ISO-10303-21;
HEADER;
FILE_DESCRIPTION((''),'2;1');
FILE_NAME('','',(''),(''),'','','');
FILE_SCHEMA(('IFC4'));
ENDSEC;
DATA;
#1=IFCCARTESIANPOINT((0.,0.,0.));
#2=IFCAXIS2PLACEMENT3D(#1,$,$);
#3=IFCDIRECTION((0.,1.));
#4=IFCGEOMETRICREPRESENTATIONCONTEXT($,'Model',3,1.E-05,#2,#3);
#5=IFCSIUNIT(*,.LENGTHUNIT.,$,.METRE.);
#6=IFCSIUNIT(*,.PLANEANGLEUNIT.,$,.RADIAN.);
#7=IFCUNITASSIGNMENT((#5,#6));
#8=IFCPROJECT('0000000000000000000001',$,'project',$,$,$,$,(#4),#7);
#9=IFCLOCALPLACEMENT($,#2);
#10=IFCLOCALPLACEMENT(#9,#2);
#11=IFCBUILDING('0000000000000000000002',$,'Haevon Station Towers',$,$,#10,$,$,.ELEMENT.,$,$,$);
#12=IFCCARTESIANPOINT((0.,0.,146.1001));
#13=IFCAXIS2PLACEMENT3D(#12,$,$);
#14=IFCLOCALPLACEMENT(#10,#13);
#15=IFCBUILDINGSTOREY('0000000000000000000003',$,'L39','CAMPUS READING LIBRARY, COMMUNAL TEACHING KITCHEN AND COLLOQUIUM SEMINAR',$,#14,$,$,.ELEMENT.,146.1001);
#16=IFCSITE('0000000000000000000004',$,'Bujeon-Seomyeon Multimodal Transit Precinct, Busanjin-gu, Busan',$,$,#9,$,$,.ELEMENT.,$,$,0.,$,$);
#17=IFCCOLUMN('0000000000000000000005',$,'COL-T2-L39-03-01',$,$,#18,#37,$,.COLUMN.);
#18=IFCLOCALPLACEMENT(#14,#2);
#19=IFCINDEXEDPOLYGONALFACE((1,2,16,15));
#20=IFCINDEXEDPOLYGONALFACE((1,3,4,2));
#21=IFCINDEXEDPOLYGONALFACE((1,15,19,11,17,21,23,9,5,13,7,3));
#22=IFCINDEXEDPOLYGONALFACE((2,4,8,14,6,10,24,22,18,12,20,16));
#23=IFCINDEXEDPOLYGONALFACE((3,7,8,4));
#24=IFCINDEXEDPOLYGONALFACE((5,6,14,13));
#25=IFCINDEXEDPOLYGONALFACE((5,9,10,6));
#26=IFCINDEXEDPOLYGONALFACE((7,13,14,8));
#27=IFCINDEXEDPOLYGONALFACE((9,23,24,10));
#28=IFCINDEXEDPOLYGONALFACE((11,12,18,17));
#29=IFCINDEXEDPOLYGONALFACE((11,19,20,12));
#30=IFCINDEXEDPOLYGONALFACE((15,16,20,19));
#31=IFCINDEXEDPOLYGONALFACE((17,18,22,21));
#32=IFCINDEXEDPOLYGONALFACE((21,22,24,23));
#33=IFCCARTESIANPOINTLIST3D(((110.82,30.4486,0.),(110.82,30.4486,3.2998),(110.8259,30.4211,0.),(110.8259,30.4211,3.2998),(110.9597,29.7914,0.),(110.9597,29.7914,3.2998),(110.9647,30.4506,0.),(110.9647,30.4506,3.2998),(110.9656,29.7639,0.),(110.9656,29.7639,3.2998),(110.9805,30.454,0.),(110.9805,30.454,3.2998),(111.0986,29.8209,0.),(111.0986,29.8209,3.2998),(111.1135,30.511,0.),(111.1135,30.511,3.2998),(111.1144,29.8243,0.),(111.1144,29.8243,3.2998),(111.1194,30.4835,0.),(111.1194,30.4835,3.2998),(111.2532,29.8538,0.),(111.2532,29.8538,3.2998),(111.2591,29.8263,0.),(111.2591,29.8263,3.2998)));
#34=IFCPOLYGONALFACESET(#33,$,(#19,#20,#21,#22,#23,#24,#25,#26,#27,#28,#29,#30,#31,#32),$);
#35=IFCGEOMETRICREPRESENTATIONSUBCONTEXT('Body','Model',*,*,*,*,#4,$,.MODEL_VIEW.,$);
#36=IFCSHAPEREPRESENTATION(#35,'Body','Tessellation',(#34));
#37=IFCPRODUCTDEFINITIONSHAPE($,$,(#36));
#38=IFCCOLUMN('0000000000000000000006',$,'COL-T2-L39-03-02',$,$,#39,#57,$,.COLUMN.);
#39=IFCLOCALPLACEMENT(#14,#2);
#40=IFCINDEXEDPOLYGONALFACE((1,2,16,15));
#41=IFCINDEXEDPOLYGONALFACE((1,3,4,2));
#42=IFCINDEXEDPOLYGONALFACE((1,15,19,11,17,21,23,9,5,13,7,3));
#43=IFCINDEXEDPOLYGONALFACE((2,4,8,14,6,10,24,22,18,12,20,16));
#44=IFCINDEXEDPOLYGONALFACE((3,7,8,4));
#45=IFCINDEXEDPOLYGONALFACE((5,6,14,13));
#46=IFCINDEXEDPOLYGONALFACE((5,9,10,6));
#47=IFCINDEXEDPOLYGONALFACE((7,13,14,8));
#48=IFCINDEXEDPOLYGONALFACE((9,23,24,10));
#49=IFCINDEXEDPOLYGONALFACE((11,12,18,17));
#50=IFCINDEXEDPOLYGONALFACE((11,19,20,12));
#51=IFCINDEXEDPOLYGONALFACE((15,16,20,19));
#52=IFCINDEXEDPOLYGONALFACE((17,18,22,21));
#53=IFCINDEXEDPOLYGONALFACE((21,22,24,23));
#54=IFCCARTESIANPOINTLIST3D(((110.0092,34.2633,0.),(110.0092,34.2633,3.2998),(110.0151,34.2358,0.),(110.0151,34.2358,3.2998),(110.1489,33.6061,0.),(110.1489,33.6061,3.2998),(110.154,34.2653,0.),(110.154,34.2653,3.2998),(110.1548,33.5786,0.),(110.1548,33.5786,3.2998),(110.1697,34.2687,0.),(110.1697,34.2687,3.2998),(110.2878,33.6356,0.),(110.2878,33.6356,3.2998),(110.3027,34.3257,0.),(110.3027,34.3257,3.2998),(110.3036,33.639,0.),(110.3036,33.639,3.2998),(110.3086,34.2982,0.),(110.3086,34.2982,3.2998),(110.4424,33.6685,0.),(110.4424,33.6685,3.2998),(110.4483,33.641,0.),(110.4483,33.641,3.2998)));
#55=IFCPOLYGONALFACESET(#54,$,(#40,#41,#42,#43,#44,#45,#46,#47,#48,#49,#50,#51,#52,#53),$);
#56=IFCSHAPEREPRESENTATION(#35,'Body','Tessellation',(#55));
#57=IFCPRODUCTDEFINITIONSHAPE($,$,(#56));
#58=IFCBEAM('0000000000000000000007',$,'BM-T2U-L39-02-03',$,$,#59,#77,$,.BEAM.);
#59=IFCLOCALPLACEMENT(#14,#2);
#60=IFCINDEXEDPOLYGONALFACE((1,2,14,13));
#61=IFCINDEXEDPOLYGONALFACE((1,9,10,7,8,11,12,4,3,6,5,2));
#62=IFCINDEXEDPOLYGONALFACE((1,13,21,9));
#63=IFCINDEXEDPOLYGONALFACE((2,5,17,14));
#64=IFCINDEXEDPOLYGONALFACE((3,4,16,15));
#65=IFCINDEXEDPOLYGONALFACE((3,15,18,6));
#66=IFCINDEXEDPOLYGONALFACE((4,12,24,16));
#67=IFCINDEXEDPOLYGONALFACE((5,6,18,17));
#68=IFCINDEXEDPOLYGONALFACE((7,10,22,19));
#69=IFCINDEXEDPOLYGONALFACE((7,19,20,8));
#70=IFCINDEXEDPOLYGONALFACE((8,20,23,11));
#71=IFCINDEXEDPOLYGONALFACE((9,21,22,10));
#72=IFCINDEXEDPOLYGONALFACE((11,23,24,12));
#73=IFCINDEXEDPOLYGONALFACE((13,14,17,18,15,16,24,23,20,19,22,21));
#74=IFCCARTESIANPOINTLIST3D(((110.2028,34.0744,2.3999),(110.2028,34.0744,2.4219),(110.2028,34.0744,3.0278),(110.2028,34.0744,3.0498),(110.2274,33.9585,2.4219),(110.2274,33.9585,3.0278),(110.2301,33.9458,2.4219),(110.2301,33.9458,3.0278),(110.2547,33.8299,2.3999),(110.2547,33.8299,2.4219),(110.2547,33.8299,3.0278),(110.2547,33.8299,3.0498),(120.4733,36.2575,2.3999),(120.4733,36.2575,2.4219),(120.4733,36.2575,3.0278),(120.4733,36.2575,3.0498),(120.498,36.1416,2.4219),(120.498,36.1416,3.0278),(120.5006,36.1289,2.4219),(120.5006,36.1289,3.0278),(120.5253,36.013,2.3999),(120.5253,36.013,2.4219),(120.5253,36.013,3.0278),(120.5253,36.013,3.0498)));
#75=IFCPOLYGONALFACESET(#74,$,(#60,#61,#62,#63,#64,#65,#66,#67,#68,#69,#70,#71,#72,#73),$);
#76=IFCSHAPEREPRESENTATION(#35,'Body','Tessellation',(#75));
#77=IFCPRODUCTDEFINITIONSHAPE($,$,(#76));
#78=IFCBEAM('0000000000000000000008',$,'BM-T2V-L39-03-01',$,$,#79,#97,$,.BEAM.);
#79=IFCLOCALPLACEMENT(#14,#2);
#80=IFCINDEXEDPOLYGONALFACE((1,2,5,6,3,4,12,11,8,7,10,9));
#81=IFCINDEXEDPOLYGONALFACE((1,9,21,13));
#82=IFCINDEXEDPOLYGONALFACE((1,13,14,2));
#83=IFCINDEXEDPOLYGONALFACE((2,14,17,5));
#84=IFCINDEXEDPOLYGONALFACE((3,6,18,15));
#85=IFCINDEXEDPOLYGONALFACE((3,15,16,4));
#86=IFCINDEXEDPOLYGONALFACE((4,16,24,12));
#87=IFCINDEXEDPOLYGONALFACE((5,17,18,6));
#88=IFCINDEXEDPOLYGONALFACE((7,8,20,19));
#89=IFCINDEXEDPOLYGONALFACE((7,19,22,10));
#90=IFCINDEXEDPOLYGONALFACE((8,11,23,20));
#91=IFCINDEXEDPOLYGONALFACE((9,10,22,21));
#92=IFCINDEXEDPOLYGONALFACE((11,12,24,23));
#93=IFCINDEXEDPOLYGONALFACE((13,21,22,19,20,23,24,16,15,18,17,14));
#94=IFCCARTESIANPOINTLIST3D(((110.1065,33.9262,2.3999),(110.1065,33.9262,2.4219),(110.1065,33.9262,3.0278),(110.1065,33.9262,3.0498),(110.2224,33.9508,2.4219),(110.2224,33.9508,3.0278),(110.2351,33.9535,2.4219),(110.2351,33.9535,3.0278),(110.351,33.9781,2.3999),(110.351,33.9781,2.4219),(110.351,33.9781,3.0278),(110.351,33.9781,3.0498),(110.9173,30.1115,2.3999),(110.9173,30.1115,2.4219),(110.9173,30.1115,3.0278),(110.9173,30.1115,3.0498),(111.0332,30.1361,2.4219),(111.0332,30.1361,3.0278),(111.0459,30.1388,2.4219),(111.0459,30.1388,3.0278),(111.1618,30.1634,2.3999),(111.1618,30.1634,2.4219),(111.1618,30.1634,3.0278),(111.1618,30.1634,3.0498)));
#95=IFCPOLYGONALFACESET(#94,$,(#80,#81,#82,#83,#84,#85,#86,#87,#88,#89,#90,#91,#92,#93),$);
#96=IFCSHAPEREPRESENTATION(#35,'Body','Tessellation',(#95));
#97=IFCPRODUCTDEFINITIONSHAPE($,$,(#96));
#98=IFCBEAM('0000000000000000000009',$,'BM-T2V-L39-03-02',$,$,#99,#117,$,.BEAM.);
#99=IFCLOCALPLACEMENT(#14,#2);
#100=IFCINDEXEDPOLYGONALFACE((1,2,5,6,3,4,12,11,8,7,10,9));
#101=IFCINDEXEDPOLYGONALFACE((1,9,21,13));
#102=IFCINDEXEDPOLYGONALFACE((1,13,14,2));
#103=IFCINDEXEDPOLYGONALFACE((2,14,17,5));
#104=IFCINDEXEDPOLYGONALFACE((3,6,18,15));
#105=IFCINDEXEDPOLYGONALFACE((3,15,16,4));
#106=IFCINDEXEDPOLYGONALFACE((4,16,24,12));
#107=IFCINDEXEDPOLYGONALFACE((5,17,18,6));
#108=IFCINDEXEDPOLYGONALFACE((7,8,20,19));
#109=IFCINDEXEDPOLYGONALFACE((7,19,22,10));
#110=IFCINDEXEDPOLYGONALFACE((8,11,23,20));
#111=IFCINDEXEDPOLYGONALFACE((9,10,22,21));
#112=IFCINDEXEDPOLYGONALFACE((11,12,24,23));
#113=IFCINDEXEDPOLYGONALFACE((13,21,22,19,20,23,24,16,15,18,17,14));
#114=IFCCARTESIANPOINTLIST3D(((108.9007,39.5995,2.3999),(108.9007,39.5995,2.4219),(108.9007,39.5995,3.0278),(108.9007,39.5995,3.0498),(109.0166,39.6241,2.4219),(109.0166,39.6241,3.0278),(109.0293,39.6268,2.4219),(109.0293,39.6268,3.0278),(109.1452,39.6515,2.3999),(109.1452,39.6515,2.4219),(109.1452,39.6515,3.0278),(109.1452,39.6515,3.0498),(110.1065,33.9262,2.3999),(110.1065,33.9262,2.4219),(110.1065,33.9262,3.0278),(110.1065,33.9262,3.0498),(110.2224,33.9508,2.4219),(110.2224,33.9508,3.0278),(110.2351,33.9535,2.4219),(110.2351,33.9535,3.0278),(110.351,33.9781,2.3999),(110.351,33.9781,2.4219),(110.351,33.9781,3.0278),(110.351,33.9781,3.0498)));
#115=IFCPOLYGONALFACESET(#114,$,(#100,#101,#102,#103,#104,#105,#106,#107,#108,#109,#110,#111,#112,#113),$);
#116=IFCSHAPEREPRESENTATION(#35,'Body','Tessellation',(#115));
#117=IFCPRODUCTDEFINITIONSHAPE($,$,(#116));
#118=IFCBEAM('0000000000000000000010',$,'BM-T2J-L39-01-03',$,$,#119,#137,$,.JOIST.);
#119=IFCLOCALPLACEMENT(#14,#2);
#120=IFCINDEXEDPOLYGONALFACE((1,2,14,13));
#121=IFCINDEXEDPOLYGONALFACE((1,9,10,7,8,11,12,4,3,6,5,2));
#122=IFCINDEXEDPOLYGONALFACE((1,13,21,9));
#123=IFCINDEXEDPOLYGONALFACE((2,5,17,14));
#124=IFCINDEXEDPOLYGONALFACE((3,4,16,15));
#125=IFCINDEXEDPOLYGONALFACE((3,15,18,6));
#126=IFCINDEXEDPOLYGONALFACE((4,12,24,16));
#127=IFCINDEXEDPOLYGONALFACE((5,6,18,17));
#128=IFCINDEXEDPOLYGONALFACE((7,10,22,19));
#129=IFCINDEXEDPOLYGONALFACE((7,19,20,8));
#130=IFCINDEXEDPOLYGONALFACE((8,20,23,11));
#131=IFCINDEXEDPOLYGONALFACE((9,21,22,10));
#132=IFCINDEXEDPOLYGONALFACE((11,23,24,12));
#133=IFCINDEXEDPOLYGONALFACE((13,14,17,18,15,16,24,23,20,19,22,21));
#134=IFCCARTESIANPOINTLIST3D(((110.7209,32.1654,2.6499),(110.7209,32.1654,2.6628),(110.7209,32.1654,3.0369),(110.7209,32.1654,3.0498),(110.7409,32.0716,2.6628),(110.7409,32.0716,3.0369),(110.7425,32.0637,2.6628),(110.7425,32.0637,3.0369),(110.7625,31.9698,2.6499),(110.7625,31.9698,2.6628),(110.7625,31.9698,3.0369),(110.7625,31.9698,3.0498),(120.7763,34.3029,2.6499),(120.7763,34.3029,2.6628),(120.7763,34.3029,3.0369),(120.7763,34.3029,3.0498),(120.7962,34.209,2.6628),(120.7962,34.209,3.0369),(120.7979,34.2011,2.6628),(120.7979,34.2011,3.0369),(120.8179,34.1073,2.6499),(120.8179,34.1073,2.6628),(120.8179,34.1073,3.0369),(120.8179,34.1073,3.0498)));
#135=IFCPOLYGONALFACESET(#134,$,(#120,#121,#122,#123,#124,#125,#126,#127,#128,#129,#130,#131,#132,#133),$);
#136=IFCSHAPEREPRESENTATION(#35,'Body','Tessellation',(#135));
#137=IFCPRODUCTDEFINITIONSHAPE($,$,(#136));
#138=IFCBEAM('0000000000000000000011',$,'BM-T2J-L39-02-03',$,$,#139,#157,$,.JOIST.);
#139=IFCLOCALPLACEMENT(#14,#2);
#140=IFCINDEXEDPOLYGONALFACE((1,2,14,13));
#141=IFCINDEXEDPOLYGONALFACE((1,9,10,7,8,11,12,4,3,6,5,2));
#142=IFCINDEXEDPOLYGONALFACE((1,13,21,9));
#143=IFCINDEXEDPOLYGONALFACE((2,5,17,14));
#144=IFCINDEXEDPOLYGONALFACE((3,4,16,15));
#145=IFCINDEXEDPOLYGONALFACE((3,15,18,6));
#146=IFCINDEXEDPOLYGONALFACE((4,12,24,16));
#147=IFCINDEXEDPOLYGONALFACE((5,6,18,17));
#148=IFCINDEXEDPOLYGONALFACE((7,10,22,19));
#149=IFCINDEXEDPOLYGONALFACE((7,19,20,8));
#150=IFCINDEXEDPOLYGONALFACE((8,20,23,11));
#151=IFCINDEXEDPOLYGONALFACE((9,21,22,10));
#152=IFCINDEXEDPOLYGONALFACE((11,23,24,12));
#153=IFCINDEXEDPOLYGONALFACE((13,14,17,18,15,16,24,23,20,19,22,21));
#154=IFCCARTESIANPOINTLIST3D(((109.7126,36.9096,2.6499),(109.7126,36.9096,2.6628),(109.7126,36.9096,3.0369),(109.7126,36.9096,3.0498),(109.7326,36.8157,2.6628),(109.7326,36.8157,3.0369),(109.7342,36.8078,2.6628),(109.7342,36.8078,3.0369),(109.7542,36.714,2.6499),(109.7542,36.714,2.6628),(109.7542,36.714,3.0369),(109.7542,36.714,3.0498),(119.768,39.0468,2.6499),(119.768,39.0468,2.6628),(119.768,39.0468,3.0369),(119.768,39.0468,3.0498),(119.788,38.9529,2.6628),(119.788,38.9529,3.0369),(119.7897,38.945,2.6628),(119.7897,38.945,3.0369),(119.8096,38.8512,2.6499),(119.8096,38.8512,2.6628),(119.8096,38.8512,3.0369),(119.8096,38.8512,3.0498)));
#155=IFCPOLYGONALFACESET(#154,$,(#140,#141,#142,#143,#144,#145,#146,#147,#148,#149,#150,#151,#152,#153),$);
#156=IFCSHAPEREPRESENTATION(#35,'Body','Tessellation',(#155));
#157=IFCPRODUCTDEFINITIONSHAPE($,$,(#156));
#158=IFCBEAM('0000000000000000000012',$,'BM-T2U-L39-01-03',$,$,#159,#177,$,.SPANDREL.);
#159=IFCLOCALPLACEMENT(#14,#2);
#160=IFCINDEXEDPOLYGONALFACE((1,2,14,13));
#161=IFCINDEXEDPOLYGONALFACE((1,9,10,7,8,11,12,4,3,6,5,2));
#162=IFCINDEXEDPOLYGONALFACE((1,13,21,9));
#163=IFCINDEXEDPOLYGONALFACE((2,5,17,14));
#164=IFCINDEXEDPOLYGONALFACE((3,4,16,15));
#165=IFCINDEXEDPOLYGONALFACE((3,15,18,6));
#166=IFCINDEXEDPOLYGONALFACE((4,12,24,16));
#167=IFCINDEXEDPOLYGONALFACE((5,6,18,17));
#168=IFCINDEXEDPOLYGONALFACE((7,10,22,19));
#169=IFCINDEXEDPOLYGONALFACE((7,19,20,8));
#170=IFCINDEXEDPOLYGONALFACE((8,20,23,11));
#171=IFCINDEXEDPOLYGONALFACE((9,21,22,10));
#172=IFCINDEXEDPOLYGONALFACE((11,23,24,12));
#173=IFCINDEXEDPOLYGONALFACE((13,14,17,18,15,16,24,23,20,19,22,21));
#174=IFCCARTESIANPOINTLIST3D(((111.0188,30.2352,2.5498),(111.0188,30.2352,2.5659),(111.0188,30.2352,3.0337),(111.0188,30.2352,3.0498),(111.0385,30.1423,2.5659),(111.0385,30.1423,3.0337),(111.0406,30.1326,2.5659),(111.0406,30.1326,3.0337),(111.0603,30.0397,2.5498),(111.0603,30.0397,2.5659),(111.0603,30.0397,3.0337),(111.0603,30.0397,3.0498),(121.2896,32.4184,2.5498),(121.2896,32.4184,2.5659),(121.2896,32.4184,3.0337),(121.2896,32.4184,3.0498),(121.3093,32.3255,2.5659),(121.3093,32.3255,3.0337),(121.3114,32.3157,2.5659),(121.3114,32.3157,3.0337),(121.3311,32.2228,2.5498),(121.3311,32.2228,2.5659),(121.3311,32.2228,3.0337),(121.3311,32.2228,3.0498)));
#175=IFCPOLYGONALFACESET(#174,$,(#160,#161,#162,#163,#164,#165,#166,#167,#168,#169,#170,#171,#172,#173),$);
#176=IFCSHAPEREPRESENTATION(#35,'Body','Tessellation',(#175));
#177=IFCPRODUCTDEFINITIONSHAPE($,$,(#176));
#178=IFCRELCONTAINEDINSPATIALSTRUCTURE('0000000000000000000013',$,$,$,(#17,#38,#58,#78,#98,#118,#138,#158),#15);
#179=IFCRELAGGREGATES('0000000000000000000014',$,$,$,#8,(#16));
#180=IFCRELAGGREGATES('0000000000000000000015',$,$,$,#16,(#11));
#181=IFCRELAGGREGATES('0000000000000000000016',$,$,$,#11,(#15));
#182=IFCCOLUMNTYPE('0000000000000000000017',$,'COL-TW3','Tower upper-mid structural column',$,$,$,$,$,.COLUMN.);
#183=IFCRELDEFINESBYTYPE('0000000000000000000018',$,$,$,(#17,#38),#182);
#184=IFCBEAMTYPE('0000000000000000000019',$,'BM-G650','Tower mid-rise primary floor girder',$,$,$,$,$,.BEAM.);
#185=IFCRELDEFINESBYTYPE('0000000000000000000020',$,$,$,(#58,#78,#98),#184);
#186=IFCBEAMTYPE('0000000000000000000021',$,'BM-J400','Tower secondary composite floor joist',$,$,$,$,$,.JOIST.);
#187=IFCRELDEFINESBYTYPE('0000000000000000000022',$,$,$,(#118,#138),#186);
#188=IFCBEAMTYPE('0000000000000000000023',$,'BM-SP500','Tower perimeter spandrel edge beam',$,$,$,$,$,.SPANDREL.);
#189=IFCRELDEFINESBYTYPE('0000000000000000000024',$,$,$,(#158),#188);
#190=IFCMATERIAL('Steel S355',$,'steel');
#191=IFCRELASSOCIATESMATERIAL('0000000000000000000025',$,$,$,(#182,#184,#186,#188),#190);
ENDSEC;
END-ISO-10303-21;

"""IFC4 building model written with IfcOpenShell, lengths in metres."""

from ifc_helpers import new_model, si_unit, direction, frame, origin, origin_2d, place, context, subcontext, project, spatial, i_section, extrude, material, material_profile, profile_set, type_object, element, save


model = new_model("IFC4")

# Units and contexts
model_context = context("Model", 3, precision=1e-05, world=origin(), true_north=direction((0.0, 1.0)))
body_context = subcontext(model_context, "Body", "Model", "MODEL_VIEW")
ifc_project = project(units=[si_unit("LENGTHUNIT", "METRE"), si_unit("PLANEANGLEUNIT", "RADIAN")], contexts=[model_context])

# Site, building, storey
site_placement = place(None, origin())
site = spatial("IfcSite", under=ifc_project, at=site_placement, Name="Bujeon-Seomyeon Multimodal Transit Precinct, Busanjin-gu, Busan", CompositionType="ELEMENT", RefElevation=0.0)
building_placement = place(site_placement, origin())
building = spatial("IfcBuilding", under=site, at=building_placement, Name="Haevon Station Towers", CompositionType="ELEMENT")
storey_placement = place(building_placement, frame((0.0, 0.0, 146.1001)))
storey = spatial("IfcBuildingStorey", under=building, at=storey_placement, Name="L39", Description="CAMPUS READING LIBRARY, COMMUNAL TEACHING KITCHEN AND COLLOQUIUM SEMINAR", CompositionType="ELEMENT", Elevation=146.1001)

# Columns
ifc_material_1 = material(Name="Steel S355", Category="steel")
ifc_material_profile_1 = material_profile(ifc_material_1, i_section(OverallWidth=0.3, OverallDepth=0.7, WebThickness=0.0161, FlangeThickness=0.0281, at=origin_2d()), Name="H-700x300x16x28")
ifc_profile_set_1 = profile_set([ifc_material_profile_1], Name="Steel S355")
column_type = type_object("IfcColumnType", Name="COL-TW3", Description="Tower upper-mid structural column", PredefinedType="COLUMN", material=ifc_profile_set_1)
for number, where, z_axis, x_axis, name in (
    (1, (111.0396, 30.1375, 0.0), (0.0, 0.0, 1.0), (0.978148, 0.207912, 0.0), "COL-T2-L39-03-01"),
    (2, (110.2288, 33.9521, 0.0), (0.0, 0.0, 1.0), (0.978148, 0.207912, 0.0), "COL-T2-L39-03-02"),
):
    element("IfcColumn", number, at=place(storey_placement, frame(where, z_axis=z_axis, x_axis=x_axis)), inside=storey, type_object=column_type, Name=name, PredefinedType="COLUMN", context=body_context, shape_type="SweptSolid", body=[
        extrude(i_section(OverallWidth=0.3, OverallDepth=0.7, WebThickness=0.0161, FlangeThickness=0.0281, at=origin_2d()), origin(), (0.0, 0.0, 1.0), 3.2998),
    ])

# Beams
ifc_material_profile_2 = material_profile(ifc_material_1, i_section(OverallWidth=0.25, OverallDepth=0.6499, WebThickness=0.0129, FlangeThickness=0.022, at=origin_2d()), Name="H-650x250x13x22")
ifc_profile_set_2 = profile_set([ifc_material_profile_2], Name="Steel S355")
beam_type_1 = type_object("IfcBeamType", Name="BM-G650", Description="Tower mid-rise primary floor girder", PredefinedType="BEAM", material=ifc_profile_set_2)
beam_1_placement = place(storey_placement, frame((110.2288, 33.9521, 2.7249), z_axis=(0.978147, 0.207915, 0.0), x_axis=(-0.207915, 0.978147, 0.0)))
element("IfcBeam", 3, at=beam_1_placement, inside=storey, type_object=beam_type_1, Name="BM-T2U-L39-02-03", PredefinedType="BEAM", context=body_context, shape_type="SweptSolid", body=[
    extrude(i_section(OverallWidth=0.25, OverallDepth=0.6499, WebThickness=0.0129, FlangeThickness=0.022, at=origin_2d()), origin(), (0.0, 0.0, 1.0), 10.5),
])
beam_2_placement = place(storey_placement, frame((111.0396, 30.1375, 2.7249), z_axis=(-0.2079, 0.97815, 0.0), x_axis=(-0.97815, -0.2079, 0.0)))
element("IfcBeam", 4, at=beam_2_placement, inside=storey, type_object=beam_type_1, Name="BM-T2V-L39-03-01", PredefinedType="BEAM", context=body_context, shape_type="SweptSolid", body=[
    extrude(i_section(OverallWidth=0.25, OverallDepth=0.6499, WebThickness=0.0129, FlangeThickness=0.022, at=origin_2d()), origin(), (0.0, 0.0, 1.0), 3.8999),
])
beam_3_placement = place(storey_placement, frame((110.2288, 33.9521, 2.7249), z_axis=(-0.207896, 0.978151, 0.0), x_axis=(-0.978151, -0.207896, 0.0)))
element("IfcBeam", 5, at=beam_3_placement, inside=storey, type_object=beam_type_1, Name="BM-T2V-L39-03-02", PredefinedType="BEAM", context=body_context, shape_type="SweptSolid", body=[
    extrude(i_section(OverallWidth=0.25, OverallDepth=0.6499, WebThickness=0.0129, FlangeThickness=0.022, at=origin_2d()), origin(), (0.0, 0.0, 1.0), 5.8),
])
ifc_material_profile_3 = material_profile(ifc_material_1, i_section(OverallWidth=0.2, OverallDepth=0.3999, WebThickness=0.0081, FlangeThickness=0.0129, at=origin_2d()), Name="H-400x200x8x13")
ifc_profile_set_3 = profile_set([ifc_material_profile_3], Name="Steel S355")
beam_type_2 = type_object("IfcBeamType", Name="BM-J400", Description="Tower secondary composite floor joist", PredefinedType="JOIST", material=ifc_profile_set_3)
for number, where, z_axis, x_axis, name in (
    (6, (110.7417, 32.0676, 2.8499), (0.978146, 0.207922, 0.0), (-0.207922, 0.978146, 0.0), "BM-T2J-L39-01-03"),
    (7, (109.7334, 36.8118, 2.8499), (0.97815, 0.207899, 0.0), (-0.207899, 0.97815, 0.0), "BM-T2J-L39-02-03"),
):
    element("IfcBeam", number, at=place(storey_placement, frame(where, z_axis=z_axis, x_axis=x_axis)), inside=storey, type_object=beam_type_2, Name=name, PredefinedType="JOIST", context=body_context, shape_type="SweptSolid", body=[
        extrude(i_section(OverallWidth=0.2, OverallDepth=0.3999, WebThickness=0.0081, FlangeThickness=0.0129, at=origin_2d()), origin(), (0.0, 0.0, 1.0), 10.28),
    ])
ifc_material_profile_4 = material_profile(ifc_material_1, i_section(OverallWidth=0.2, OverallDepth=0.5, WebThickness=0.01, FlangeThickness=0.0161, at=origin_2d()), Name="H-500x200x10x16")
ifc_profile_set_4 = profile_set([ifc_material_profile_4], Name="Steel S355")
beam_type_3 = type_object("IfcBeamType", Name="BM-SP500", Description="Tower perimeter spandrel edge beam", PredefinedType="SPANDREL", material=ifc_profile_set_4)
beam_4_placement = place(storey_placement, frame((111.0396, 30.1375, 2.7998), z_axis=(0.978148, 0.207911, 0.0), x_axis=(-0.207911, 0.978148, 0.0)))
element("IfcBeam", 8, at=beam_4_placement, inside=storey, type_object=beam_type_3, Name="BM-T2U-L39-01-03", PredefinedType="SPANDREL", context=body_context, shape_type="SweptSolid", body=[
    extrude(i_section(OverallWidth=0.2, OverallDepth=0.5, WebThickness=0.01, FlangeThickness=0.0161, at=origin_2d()), origin(), (0.0, 0.0, 1.0), 10.5002),
])

save(model, "model.ifc")
